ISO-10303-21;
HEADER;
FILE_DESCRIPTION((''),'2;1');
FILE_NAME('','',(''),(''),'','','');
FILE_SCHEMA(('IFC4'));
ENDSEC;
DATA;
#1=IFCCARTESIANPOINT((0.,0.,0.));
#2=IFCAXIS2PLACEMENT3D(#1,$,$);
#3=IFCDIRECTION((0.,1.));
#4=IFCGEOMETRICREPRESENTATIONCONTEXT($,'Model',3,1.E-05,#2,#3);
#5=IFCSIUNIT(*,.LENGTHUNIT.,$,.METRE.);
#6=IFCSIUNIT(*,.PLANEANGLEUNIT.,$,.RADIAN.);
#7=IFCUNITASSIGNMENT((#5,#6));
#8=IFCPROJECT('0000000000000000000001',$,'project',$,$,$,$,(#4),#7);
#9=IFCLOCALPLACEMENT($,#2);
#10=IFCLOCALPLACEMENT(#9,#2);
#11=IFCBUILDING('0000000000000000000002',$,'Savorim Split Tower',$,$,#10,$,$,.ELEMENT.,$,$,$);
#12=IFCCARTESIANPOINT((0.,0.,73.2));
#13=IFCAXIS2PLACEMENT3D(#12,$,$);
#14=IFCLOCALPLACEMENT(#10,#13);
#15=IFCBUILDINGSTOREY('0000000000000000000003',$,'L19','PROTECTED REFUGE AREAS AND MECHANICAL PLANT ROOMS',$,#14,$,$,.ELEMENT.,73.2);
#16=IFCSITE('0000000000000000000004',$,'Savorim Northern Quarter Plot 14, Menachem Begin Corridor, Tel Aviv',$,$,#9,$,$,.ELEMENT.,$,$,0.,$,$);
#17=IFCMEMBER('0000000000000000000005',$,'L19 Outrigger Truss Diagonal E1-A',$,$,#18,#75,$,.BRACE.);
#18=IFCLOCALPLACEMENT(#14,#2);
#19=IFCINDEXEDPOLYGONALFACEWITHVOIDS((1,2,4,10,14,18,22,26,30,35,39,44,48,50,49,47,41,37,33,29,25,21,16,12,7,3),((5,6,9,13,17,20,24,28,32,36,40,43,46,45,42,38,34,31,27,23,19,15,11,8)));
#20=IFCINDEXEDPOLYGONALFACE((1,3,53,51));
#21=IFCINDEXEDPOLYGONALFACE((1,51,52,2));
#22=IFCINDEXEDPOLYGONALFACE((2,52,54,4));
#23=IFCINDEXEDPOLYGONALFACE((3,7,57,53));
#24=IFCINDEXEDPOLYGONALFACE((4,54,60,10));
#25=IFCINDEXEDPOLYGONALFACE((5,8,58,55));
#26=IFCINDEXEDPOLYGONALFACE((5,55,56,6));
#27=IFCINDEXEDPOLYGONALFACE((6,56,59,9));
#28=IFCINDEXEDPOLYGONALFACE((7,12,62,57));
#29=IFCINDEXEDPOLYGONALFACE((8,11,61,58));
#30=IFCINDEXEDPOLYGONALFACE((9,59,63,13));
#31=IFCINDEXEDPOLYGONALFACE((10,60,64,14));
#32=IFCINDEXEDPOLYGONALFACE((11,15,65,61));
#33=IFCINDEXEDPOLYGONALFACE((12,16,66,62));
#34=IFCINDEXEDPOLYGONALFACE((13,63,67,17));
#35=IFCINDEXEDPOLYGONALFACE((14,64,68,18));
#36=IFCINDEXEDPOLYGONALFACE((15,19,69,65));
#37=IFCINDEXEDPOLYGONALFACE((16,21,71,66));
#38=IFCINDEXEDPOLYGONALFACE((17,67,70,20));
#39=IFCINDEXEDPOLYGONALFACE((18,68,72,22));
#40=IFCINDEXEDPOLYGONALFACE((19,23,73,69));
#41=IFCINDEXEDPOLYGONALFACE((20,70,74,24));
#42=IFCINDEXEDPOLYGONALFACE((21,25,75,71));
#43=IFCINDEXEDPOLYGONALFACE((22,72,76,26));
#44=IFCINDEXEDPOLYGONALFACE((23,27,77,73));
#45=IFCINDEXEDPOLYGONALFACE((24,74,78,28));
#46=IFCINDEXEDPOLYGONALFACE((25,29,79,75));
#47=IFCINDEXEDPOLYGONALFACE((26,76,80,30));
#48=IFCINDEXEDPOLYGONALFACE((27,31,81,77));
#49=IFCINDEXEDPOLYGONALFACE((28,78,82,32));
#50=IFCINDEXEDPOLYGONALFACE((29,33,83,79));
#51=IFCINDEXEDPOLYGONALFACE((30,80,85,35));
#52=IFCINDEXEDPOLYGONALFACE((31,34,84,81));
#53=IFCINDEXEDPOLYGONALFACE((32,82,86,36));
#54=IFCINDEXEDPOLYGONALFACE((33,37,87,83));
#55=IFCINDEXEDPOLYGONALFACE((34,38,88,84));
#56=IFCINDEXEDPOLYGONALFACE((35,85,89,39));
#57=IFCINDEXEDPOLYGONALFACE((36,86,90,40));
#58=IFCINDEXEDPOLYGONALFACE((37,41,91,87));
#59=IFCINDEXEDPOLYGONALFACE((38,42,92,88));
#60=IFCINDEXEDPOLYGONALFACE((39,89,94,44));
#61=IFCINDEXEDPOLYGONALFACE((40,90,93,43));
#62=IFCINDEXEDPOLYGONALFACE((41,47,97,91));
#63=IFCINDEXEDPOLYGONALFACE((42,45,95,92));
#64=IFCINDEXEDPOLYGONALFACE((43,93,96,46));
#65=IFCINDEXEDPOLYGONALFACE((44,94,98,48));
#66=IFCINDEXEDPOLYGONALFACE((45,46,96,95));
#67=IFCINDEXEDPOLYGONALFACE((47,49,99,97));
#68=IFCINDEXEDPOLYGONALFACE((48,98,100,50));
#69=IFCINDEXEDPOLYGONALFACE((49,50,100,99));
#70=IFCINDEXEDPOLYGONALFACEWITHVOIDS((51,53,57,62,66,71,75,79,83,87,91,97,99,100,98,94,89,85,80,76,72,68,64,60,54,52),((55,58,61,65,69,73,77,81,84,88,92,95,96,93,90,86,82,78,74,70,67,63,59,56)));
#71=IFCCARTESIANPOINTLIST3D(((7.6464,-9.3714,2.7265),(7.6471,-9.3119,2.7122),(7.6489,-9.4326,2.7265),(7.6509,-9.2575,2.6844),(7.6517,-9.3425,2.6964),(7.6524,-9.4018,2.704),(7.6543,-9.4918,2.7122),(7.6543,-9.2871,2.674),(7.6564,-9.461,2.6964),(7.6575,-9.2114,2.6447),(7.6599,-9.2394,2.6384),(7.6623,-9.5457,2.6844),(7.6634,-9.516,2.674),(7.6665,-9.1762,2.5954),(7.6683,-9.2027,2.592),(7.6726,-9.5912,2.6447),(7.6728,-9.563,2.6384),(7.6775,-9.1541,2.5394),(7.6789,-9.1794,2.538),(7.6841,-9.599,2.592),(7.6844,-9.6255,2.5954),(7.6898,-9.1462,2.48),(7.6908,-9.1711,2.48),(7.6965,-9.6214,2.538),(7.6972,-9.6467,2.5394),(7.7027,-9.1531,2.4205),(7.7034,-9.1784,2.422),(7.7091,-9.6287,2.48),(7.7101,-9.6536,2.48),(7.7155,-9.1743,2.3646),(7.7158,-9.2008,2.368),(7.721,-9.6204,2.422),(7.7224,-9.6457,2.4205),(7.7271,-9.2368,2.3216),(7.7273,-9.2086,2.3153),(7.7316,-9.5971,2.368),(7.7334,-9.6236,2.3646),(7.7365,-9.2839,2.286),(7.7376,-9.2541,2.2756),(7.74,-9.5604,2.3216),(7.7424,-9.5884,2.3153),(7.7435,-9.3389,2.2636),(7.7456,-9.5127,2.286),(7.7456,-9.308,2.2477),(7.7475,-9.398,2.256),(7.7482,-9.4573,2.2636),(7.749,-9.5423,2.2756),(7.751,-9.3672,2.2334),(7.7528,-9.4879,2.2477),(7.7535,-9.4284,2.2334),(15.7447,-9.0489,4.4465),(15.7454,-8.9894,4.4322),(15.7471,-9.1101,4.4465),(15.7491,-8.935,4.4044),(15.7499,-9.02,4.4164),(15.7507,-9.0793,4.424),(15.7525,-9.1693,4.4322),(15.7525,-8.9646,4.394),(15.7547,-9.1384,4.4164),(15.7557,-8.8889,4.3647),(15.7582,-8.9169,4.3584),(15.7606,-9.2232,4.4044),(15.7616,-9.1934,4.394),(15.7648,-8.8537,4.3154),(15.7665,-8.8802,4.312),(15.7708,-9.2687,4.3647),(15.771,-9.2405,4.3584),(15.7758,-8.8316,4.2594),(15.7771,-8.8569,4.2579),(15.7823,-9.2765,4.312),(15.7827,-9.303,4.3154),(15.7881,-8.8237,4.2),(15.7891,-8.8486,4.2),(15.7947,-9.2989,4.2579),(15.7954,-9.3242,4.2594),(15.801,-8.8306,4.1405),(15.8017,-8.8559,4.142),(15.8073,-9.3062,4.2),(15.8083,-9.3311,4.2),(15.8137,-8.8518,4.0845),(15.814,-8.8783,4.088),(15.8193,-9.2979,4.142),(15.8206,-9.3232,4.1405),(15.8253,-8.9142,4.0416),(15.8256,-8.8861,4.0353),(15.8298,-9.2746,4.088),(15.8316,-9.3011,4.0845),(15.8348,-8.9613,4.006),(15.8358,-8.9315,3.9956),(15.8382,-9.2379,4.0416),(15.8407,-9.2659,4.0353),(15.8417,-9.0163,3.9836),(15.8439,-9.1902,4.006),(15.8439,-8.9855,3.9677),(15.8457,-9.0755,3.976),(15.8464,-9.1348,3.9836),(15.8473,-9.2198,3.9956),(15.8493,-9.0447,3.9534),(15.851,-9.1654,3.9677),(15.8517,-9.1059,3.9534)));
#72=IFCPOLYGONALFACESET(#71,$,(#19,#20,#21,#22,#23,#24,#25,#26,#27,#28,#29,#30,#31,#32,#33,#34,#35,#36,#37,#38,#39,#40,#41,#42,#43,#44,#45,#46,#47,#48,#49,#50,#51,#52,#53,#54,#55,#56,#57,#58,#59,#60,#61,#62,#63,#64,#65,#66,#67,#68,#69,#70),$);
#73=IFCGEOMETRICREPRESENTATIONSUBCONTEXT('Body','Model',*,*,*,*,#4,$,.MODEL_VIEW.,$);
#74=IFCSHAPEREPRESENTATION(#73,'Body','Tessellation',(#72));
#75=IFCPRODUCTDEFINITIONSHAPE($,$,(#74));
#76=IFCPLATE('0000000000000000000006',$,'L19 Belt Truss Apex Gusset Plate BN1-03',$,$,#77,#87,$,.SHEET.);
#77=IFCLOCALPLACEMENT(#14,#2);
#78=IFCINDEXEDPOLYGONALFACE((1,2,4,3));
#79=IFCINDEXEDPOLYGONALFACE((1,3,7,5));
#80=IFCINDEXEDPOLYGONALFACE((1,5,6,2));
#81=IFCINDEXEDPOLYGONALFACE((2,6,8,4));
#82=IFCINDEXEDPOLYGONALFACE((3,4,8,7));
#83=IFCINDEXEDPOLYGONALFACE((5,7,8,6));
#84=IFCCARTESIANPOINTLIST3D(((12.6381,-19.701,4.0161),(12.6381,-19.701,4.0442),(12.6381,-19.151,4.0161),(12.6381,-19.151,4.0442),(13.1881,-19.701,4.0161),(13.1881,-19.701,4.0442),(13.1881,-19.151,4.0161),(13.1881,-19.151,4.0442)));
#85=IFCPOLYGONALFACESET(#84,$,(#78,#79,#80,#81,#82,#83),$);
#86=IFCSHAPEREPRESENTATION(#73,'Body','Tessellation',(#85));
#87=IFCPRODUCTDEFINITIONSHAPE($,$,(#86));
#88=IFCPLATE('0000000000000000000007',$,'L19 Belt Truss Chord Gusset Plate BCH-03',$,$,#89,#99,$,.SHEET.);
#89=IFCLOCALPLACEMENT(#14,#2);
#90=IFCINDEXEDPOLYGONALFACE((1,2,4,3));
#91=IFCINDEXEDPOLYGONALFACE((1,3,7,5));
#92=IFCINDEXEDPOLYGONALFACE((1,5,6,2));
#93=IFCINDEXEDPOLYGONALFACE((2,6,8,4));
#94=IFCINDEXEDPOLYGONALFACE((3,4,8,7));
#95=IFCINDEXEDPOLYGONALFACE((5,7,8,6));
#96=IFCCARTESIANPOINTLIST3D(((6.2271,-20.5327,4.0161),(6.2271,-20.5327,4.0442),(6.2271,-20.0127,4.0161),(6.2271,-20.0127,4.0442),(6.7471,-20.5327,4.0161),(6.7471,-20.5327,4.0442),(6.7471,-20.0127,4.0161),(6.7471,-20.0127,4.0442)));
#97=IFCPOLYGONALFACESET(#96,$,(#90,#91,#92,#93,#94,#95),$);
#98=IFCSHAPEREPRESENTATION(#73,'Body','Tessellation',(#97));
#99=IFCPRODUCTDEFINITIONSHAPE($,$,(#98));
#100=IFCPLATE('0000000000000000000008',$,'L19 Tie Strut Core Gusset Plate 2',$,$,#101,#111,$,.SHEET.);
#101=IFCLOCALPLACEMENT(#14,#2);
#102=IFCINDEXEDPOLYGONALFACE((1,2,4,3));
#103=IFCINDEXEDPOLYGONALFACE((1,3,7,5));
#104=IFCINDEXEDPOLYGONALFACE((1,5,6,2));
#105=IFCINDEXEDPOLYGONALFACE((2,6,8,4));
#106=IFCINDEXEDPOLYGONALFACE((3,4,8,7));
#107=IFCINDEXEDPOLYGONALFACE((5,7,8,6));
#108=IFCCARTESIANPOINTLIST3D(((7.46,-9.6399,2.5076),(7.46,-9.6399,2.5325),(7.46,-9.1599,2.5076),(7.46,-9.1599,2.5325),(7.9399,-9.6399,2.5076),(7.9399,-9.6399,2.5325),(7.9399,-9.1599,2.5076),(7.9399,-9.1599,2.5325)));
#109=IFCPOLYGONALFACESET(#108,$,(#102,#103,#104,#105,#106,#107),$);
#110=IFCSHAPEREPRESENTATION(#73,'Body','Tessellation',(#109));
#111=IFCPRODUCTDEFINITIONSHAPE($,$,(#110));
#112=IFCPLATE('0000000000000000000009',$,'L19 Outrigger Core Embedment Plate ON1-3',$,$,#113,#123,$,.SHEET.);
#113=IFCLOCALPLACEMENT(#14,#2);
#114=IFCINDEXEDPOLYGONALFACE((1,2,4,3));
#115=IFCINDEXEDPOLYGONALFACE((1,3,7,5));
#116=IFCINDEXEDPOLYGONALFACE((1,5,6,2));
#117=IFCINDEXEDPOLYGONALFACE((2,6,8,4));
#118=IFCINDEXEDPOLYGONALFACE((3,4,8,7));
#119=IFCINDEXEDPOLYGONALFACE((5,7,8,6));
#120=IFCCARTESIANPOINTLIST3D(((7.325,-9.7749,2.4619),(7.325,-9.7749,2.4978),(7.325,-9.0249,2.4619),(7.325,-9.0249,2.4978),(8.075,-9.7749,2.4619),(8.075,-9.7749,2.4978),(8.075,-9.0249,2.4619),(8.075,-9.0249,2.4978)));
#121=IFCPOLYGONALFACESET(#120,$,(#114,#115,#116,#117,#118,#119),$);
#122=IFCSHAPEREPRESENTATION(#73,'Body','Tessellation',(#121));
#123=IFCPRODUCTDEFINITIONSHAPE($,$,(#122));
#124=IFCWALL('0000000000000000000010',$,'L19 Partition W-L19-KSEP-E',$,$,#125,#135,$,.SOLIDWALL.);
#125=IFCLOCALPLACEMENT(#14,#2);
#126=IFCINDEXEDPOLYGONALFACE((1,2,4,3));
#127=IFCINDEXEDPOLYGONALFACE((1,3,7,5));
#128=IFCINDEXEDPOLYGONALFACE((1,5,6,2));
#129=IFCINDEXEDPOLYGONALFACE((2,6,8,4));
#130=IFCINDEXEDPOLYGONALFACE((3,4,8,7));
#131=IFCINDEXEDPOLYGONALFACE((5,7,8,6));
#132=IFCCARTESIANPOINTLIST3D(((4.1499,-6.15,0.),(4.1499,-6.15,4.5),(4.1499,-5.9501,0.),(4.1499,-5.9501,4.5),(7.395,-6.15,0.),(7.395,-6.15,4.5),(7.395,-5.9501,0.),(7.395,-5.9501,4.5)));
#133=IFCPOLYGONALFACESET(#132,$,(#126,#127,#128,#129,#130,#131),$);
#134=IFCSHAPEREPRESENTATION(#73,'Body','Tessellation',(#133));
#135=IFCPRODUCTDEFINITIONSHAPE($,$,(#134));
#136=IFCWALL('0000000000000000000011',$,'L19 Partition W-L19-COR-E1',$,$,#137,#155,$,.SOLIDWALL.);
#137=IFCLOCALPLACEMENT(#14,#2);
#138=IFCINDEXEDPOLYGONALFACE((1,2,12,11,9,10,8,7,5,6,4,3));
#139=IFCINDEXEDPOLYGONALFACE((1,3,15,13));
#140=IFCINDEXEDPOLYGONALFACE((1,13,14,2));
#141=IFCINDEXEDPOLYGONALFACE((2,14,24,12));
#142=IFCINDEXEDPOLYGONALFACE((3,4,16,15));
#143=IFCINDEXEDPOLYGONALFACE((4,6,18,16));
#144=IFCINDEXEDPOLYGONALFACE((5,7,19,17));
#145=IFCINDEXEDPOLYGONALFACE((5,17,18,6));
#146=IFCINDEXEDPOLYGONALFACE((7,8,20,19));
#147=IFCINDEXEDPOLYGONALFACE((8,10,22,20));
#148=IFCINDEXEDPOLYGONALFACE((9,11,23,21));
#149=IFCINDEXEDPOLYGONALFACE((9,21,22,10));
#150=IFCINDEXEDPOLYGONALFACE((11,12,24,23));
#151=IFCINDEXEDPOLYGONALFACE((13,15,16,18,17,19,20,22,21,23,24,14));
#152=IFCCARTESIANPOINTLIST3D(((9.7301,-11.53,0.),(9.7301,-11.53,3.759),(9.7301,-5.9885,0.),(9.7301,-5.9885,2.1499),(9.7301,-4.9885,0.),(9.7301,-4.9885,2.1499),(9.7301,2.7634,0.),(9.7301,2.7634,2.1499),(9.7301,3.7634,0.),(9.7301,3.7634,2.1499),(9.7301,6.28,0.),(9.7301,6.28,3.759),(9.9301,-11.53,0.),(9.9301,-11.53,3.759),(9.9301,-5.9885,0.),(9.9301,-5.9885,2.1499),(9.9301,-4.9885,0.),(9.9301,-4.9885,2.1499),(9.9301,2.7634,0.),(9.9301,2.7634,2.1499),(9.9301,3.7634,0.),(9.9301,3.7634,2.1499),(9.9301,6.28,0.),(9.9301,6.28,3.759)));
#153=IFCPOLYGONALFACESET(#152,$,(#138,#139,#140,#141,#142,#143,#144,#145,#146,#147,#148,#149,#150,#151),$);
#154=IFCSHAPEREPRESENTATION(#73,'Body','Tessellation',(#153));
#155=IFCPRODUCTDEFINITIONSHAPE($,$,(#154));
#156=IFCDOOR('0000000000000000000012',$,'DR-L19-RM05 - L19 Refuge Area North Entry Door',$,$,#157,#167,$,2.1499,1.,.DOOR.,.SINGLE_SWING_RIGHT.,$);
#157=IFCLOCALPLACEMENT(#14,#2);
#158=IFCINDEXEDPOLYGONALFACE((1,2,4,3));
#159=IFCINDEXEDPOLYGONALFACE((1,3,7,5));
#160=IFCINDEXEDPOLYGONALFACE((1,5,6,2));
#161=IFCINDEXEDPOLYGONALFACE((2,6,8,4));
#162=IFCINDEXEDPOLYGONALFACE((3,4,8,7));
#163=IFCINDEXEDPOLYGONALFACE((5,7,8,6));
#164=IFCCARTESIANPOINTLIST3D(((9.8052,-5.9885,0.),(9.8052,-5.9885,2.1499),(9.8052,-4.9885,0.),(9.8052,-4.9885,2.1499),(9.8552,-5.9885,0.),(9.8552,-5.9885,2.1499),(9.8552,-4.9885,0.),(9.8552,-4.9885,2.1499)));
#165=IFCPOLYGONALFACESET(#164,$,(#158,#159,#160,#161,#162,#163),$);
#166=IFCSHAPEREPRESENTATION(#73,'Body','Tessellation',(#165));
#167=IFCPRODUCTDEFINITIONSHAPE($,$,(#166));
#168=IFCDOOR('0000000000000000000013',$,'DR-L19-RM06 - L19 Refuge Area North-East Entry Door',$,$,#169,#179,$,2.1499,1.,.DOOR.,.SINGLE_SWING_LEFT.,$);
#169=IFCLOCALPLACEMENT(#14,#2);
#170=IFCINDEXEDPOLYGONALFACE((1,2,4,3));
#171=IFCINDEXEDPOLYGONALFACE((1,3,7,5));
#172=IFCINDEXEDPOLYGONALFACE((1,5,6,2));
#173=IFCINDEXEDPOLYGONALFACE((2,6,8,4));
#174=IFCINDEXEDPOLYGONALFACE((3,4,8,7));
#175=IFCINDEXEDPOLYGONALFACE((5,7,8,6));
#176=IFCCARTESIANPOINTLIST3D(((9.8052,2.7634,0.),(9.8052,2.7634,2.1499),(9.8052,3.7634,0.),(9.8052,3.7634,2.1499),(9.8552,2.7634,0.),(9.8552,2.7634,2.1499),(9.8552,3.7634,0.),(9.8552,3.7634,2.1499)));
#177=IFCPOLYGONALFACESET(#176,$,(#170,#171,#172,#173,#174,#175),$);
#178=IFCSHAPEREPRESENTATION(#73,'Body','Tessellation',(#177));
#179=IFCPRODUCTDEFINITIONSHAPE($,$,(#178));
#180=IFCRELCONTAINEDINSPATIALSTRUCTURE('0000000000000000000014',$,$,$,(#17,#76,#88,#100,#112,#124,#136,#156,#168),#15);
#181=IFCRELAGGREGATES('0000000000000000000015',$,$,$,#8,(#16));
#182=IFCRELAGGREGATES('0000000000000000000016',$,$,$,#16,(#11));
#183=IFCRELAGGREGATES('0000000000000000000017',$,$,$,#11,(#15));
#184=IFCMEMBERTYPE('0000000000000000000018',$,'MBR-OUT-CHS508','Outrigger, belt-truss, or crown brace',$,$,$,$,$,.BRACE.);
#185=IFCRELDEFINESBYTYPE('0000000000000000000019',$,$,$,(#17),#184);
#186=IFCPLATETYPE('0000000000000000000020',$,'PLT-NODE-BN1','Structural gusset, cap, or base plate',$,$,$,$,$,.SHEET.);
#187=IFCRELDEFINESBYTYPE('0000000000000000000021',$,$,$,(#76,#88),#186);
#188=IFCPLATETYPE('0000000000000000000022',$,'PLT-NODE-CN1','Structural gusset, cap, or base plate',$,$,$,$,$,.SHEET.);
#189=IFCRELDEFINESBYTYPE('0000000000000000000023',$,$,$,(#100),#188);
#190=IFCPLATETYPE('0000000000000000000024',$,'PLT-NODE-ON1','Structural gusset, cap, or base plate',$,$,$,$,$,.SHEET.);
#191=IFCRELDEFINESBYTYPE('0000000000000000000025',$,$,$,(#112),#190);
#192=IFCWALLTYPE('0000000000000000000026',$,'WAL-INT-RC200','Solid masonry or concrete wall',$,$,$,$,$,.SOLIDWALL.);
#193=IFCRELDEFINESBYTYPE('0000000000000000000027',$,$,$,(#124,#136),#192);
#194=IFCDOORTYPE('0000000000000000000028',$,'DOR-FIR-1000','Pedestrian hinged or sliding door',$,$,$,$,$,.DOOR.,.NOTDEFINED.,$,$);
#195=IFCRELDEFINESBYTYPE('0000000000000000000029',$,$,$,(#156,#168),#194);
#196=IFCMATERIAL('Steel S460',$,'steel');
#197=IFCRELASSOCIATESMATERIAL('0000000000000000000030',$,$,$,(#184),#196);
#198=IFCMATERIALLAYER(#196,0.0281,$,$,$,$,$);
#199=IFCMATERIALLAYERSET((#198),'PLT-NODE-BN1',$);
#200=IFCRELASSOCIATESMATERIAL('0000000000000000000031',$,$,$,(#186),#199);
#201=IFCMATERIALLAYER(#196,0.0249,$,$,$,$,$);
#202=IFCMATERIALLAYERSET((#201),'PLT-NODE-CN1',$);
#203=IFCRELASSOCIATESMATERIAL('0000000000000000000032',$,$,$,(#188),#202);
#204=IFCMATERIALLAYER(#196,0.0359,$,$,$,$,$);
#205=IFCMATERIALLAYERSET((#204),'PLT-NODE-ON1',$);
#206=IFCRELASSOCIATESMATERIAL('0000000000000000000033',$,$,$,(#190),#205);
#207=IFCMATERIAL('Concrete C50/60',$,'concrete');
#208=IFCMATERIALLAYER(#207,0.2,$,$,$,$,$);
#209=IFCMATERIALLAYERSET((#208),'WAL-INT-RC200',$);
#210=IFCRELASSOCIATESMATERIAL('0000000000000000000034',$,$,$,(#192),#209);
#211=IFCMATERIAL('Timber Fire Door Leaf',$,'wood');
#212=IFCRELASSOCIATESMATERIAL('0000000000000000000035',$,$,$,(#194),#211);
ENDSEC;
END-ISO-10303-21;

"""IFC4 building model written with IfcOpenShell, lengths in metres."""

from ifc_helpers import new_model, si_unit, direction, frame, frame_2d, origin, origin_2d, place, context, subcontext, project, spatial, rectangle, hollow_circle, extrude, material, layer, layer_set, material_profile, profile_set, type_object, element, fill, save


model = new_model("IFC4")

# Units and contexts
model_context = context("Model", 3, precision=1e-05, world=origin(), true_north=direction((0.0, 1.0)))
body_context = subcontext(model_context, "Body", "Model", "MODEL_VIEW")
ifc_project = project(units=[si_unit("LENGTHUNIT", "METRE"), si_unit("PLANEANGLEUNIT", "RADIAN")], contexts=[model_context])

# Site, building, storey
site_placement = place(None, origin())
site = spatial("IfcSite", under=ifc_project, at=site_placement, Name="Savorim Northern Quarter Plot 14, Menachem Begin Corridor, Tel Aviv", CompositionType="ELEMENT", RefElevation=0.0)
building_placement = place(site_placement, origin())
building = spatial("IfcBuilding", under=site, at=building_placement, Name="Savorim Split Tower", CompositionType="ELEMENT")
storey_placement = place(building_placement, frame((0.0, 0.0, 73.2)))
storey = spatial("IfcBuildingStorey", under=building, at=storey_placement, Name="L19", Description="PROTECTED REFUGE AREAS AND MECHANICAL PLANT ROOMS", CompositionType="ELEMENT", Elevation=73.2)

# Shared definitions
ifc_material_1 = material(Name="Steel S460", Category="steel")

# Member
ifc_material_profile_1 = material_profile(ifc_material_1, hollow_circle(Radius=0.2539, WallThickness=0.0249, at=origin_2d()), Name="CHS 508x25")
ifc_profile_set_1 = profile_set([ifc_material_profile_1], Name="Steel S460")
member_type_1 = type_object("IfcMemberType", Name="MBR-OUT-CHS508", Description="Outrigger, belt-truss, or crown brace", PredefinedType="BRACE", material=ifc_profile_set_1)
member_1_placement = place(storey_placement, frame((7.7, -9.3999, 2.48), z_axis=(0.977439, 0.038927, 0.207599), x_axis=(-0.039794, 0.999208, 0.0)))
element("IfcMember", 1, at=member_1_placement, inside=storey, type_object=member_type_1, Name="L19 Outrigger Truss Diagonal E1-A", PredefinedType="BRACE", context=body_context, shape_type="SweptSolid", body=[
    extrude(hollow_circle(Radius=0.2539, WallThickness=0.0249, at=origin_2d()), origin(), (0.0, 0.0, 1.0), 8.2852),
])

# Plates
ifc_layer_1 = layer(ifc_material_1, 0.0281)
ifc_layer_set_1 = layer_set([ifc_layer_1], Name="PLT-NODE-BN1")
plate_type_1 = type_object("IfcPlateType", Name="PLT-NODE-BN1", Description="Structural gusset, cap, or base plate", PredefinedType="SHEET", material=ifc_layer_set_1)
plate_1_placement = place(storey_placement, frame((12.9131, -19.426, 4.0161), z_axis=(0.0, 0.0, 1.0), x_axis=(1.0, 0.0, 0.0)))
element("IfcPlate", 2, at=plate_1_placement, inside=storey, type_object=plate_type_1, Name="L19 Belt Truss Apex Gusset Plate BN1-03", PredefinedType="SHEET", context=body_context, shape_type="SweptSolid", body=[
    extrude(rectangle(XDim=0.55, YDim=0.55, at=origin_2d()), origin(), (0.0, 0.0, 1.0), 0.0281),
])
plate_2_placement = place(storey_placement, frame((6.4871, -20.2727, 4.0161), z_axis=(0.0, 0.0, 1.0), x_axis=(1.0, 0.0, 0.0)))
element("IfcPlate", 3, at=plate_2_placement, inside=storey, type_object=plate_type_1, Name="L19 Belt Truss Chord Gusset Plate BCH-03", PredefinedType="SHEET", context=body_context, shape_type="SweptSolid", body=[
    extrude(rectangle(XDim=0.52, YDim=0.52, at=origin_2d()), origin(), (0.0, 0.0, 1.0), 0.0281),
])
ifc_layer_2 = layer(ifc_material_1, 0.0249)
ifc_layer_set_2 = layer_set([ifc_layer_2], Name="PLT-NODE-CN1")
plate_type_2 = type_object("IfcPlateType", Name="PLT-NODE-CN1", Description="Structural gusset, cap, or base plate", PredefinedType="SHEET", material=ifc_layer_set_2)
plate_3_placement = place(storey_placement, frame((7.7, -9.3999, 2.5076), z_axis=(0.0, 0.0, 1.0), x_axis=(1.0, 0.0, 0.0)))
element("IfcPlate", 4, at=plate_3_placement, inside=storey, type_object=plate_type_2, Name="L19 Tie Strut Core Gusset Plate 2", PredefinedType="SHEET", context=body_context, shape_type="SweptSolid", body=[
    extrude(rectangle(XDim=0.48, YDim=0.48, at=origin_2d()), origin(), (0.0, 0.0, 1.0), 0.0249),
])
ifc_layer_3 = layer(ifc_material_1, 0.0359)
ifc_layer_set_3 = layer_set([ifc_layer_3], Name="PLT-NODE-ON1")
plate_type_3 = type_object("IfcPlateType", Name="PLT-NODE-ON1", Description="Structural gusset, cap, or base plate", PredefinedType="SHEET", material=ifc_layer_set_3)
plate_4_placement = place(storey_placement, frame((7.7, -9.3999, 2.4619), z_axis=(0.0, 0.0, 1.0), x_axis=(1.0, 0.0, 0.0)))
element("IfcPlate", 5, at=plate_4_placement, inside=storey, type_object=plate_type_3, Name="L19 Outrigger Core Embedment Plate ON1-3", PredefinedType="SHEET", context=body_context, shape_type="SweptSolid", body=[
    extrude(rectangle(XDim=0.75, YDim=0.75, at=origin_2d()), origin(), (0.0, 0.0, 1.0), 0.0359),
])

# Shared definitions
ifc_material_2 = material(Name="Concrete C50/60", Category="concrete")
ifc_layer_4 = layer(ifc_material_2, 0.2)
ifc_layer_set_4 = layer_set([ifc_layer_4], Name="WAL-INT-RC200")
wall_type_1 = type_object("IfcWallType", Name="WAL-INT-RC200", Description="Solid masonry or concrete wall", PredefinedType="SOLIDWALL", material=ifc_layer_set_4)

# Wall
wall_1_placement = place(storey_placement, frame((4.1499, -6.05, 0.0), z_axis=(0.0, 0.0, 1.0), x_axis=(1.0, 0.0, 0.0)))
element("IfcWall", 6, at=wall_1_placement, inside=storey, type_object=wall_type_1, Name="L19 Partition W-L19-KSEP-E", PredefinedType="SOLIDWALL", context=body_context, shape_type="SweptSolid", body=[
    extrude(rectangle(XDim=3.2451, YDim=0.2, at=frame_2d((1.6226, 0.0))), origin(), (0.0, 0.0, 1.0), 4.5),
])

# Wall, openings, doors
wall_2_placement = place(storey_placement, frame((9.8301, -11.53, 0.0), z_axis=(0.0, 0.0, 1.0), x_axis=(0.0, 1.0, 0.0)))
wall_2 = element("IfcWall", 7, at=wall_2_placement, inside=storey, type_object=wall_type_1, Name="L19 Partition W-L19-COR-E1", PredefinedType="SOLIDWALL", context=body_context, shape_type="SweptSolid", body=[
    extrude(rectangle(XDim=17.8101, YDim=0.2, at=frame_2d((8.905, 0.0))), origin(), (0.0, 0.0, 1.0), 3.759),
])
opening_1_placement = place(wall_2_placement, frame((5.5415, 0.0, 0.0)))
opening_1 = element("IfcOpeningElement", 8, at=opening_1_placement, cuts=wall_2, PredefinedType="OPENING", context=body_context, shape_type="SweptSolid", body=[
    extrude(rectangle(XDim=1.0, YDim=2.1499, at=frame_2d((0.5, 1.075))), frame((0.0, 0.1099, 0.0), z_axis=(0.0, -1.0, 0.0), x_axis=(1.0, 0.0, 0.0)), (0.0, 0.0, 1.0), 0.22),
])
opening_2_placement = place(wall_2_placement, frame((14.2935, 0.0, 0.0)))
opening_2 = element("IfcOpeningElement", 9, at=opening_2_placement, cuts=wall_2, PredefinedType="OPENING", context=body_context, shape_type="SweptSolid", body=[
    extrude(rectangle(XDim=1.0, YDim=2.1499, at=frame_2d((0.5, 1.075))), frame((0.0, 0.1099, 0.0), z_axis=(0.0, -1.0, 0.0), x_axis=(1.0, 0.0, 0.0)), (0.0, 0.0, 1.0), 0.22),
])
ifc_material_3 = material(Name="Timber Fire Door Leaf", Category="wood")
door_type_1 = type_object("IfcDoorType", Name="DOR-FIR-1000", Description="Pedestrian hinged or sliding door", OperationType="NOTDEFINED", PredefinedType="DOOR", material=ifc_material_3)
door_1_placement = place(opening_1_placement, origin())
door_1 = element("IfcDoor", 10, at=door_1_placement, inside=storey, type_object=door_type_1, Name="DR-L19-RM05 - L19 Refuge Area North Entry Door", OperationType="SINGLE_SWING_RIGHT", OverallHeight=2.1499, OverallWidth=1.0, PredefinedType="DOOR", context=body_context, shape_type="SweptSolid", body=[
    extrude(rectangle(XDim=1.0, YDim=2.1499, at=frame_2d((0.5, 1.075))), frame((0.0, 0.0249, 0.0), z_axis=(0.0, -1.0, 0.0), x_axis=(1.0, 0.0, 0.0)), (0.0, 0.0, 1.0), 0.05),
])
fill(opening_1, door_1)
door_2_placement = place(opening_2_placement, origin())
door_2 = element("IfcDoor", 11, at=door_2_placement, inside=storey, type_object=door_type_1, Name="DR-L19-RM06 - L19 Refuge Area North-East Entry Door", OperationType="SINGLE_SWING_LEFT", OverallHeight=2.1499, OverallWidth=1.0, PredefinedType="DOOR", context=body_context, shape_type="SweptSolid", body=[
    extrude(rectangle(XDim=1.0, YDim=2.1499, at=frame_2d((0.5, 1.075))), frame((0.0, 0.0249, 0.0), z_axis=(0.0, -1.0, 0.0), x_axis=(1.0, 0.0, 0.0)), (0.0, 0.0, 1.0), 0.05),
])
fill(opening_2, door_2)

save(model, "model.ifc")
